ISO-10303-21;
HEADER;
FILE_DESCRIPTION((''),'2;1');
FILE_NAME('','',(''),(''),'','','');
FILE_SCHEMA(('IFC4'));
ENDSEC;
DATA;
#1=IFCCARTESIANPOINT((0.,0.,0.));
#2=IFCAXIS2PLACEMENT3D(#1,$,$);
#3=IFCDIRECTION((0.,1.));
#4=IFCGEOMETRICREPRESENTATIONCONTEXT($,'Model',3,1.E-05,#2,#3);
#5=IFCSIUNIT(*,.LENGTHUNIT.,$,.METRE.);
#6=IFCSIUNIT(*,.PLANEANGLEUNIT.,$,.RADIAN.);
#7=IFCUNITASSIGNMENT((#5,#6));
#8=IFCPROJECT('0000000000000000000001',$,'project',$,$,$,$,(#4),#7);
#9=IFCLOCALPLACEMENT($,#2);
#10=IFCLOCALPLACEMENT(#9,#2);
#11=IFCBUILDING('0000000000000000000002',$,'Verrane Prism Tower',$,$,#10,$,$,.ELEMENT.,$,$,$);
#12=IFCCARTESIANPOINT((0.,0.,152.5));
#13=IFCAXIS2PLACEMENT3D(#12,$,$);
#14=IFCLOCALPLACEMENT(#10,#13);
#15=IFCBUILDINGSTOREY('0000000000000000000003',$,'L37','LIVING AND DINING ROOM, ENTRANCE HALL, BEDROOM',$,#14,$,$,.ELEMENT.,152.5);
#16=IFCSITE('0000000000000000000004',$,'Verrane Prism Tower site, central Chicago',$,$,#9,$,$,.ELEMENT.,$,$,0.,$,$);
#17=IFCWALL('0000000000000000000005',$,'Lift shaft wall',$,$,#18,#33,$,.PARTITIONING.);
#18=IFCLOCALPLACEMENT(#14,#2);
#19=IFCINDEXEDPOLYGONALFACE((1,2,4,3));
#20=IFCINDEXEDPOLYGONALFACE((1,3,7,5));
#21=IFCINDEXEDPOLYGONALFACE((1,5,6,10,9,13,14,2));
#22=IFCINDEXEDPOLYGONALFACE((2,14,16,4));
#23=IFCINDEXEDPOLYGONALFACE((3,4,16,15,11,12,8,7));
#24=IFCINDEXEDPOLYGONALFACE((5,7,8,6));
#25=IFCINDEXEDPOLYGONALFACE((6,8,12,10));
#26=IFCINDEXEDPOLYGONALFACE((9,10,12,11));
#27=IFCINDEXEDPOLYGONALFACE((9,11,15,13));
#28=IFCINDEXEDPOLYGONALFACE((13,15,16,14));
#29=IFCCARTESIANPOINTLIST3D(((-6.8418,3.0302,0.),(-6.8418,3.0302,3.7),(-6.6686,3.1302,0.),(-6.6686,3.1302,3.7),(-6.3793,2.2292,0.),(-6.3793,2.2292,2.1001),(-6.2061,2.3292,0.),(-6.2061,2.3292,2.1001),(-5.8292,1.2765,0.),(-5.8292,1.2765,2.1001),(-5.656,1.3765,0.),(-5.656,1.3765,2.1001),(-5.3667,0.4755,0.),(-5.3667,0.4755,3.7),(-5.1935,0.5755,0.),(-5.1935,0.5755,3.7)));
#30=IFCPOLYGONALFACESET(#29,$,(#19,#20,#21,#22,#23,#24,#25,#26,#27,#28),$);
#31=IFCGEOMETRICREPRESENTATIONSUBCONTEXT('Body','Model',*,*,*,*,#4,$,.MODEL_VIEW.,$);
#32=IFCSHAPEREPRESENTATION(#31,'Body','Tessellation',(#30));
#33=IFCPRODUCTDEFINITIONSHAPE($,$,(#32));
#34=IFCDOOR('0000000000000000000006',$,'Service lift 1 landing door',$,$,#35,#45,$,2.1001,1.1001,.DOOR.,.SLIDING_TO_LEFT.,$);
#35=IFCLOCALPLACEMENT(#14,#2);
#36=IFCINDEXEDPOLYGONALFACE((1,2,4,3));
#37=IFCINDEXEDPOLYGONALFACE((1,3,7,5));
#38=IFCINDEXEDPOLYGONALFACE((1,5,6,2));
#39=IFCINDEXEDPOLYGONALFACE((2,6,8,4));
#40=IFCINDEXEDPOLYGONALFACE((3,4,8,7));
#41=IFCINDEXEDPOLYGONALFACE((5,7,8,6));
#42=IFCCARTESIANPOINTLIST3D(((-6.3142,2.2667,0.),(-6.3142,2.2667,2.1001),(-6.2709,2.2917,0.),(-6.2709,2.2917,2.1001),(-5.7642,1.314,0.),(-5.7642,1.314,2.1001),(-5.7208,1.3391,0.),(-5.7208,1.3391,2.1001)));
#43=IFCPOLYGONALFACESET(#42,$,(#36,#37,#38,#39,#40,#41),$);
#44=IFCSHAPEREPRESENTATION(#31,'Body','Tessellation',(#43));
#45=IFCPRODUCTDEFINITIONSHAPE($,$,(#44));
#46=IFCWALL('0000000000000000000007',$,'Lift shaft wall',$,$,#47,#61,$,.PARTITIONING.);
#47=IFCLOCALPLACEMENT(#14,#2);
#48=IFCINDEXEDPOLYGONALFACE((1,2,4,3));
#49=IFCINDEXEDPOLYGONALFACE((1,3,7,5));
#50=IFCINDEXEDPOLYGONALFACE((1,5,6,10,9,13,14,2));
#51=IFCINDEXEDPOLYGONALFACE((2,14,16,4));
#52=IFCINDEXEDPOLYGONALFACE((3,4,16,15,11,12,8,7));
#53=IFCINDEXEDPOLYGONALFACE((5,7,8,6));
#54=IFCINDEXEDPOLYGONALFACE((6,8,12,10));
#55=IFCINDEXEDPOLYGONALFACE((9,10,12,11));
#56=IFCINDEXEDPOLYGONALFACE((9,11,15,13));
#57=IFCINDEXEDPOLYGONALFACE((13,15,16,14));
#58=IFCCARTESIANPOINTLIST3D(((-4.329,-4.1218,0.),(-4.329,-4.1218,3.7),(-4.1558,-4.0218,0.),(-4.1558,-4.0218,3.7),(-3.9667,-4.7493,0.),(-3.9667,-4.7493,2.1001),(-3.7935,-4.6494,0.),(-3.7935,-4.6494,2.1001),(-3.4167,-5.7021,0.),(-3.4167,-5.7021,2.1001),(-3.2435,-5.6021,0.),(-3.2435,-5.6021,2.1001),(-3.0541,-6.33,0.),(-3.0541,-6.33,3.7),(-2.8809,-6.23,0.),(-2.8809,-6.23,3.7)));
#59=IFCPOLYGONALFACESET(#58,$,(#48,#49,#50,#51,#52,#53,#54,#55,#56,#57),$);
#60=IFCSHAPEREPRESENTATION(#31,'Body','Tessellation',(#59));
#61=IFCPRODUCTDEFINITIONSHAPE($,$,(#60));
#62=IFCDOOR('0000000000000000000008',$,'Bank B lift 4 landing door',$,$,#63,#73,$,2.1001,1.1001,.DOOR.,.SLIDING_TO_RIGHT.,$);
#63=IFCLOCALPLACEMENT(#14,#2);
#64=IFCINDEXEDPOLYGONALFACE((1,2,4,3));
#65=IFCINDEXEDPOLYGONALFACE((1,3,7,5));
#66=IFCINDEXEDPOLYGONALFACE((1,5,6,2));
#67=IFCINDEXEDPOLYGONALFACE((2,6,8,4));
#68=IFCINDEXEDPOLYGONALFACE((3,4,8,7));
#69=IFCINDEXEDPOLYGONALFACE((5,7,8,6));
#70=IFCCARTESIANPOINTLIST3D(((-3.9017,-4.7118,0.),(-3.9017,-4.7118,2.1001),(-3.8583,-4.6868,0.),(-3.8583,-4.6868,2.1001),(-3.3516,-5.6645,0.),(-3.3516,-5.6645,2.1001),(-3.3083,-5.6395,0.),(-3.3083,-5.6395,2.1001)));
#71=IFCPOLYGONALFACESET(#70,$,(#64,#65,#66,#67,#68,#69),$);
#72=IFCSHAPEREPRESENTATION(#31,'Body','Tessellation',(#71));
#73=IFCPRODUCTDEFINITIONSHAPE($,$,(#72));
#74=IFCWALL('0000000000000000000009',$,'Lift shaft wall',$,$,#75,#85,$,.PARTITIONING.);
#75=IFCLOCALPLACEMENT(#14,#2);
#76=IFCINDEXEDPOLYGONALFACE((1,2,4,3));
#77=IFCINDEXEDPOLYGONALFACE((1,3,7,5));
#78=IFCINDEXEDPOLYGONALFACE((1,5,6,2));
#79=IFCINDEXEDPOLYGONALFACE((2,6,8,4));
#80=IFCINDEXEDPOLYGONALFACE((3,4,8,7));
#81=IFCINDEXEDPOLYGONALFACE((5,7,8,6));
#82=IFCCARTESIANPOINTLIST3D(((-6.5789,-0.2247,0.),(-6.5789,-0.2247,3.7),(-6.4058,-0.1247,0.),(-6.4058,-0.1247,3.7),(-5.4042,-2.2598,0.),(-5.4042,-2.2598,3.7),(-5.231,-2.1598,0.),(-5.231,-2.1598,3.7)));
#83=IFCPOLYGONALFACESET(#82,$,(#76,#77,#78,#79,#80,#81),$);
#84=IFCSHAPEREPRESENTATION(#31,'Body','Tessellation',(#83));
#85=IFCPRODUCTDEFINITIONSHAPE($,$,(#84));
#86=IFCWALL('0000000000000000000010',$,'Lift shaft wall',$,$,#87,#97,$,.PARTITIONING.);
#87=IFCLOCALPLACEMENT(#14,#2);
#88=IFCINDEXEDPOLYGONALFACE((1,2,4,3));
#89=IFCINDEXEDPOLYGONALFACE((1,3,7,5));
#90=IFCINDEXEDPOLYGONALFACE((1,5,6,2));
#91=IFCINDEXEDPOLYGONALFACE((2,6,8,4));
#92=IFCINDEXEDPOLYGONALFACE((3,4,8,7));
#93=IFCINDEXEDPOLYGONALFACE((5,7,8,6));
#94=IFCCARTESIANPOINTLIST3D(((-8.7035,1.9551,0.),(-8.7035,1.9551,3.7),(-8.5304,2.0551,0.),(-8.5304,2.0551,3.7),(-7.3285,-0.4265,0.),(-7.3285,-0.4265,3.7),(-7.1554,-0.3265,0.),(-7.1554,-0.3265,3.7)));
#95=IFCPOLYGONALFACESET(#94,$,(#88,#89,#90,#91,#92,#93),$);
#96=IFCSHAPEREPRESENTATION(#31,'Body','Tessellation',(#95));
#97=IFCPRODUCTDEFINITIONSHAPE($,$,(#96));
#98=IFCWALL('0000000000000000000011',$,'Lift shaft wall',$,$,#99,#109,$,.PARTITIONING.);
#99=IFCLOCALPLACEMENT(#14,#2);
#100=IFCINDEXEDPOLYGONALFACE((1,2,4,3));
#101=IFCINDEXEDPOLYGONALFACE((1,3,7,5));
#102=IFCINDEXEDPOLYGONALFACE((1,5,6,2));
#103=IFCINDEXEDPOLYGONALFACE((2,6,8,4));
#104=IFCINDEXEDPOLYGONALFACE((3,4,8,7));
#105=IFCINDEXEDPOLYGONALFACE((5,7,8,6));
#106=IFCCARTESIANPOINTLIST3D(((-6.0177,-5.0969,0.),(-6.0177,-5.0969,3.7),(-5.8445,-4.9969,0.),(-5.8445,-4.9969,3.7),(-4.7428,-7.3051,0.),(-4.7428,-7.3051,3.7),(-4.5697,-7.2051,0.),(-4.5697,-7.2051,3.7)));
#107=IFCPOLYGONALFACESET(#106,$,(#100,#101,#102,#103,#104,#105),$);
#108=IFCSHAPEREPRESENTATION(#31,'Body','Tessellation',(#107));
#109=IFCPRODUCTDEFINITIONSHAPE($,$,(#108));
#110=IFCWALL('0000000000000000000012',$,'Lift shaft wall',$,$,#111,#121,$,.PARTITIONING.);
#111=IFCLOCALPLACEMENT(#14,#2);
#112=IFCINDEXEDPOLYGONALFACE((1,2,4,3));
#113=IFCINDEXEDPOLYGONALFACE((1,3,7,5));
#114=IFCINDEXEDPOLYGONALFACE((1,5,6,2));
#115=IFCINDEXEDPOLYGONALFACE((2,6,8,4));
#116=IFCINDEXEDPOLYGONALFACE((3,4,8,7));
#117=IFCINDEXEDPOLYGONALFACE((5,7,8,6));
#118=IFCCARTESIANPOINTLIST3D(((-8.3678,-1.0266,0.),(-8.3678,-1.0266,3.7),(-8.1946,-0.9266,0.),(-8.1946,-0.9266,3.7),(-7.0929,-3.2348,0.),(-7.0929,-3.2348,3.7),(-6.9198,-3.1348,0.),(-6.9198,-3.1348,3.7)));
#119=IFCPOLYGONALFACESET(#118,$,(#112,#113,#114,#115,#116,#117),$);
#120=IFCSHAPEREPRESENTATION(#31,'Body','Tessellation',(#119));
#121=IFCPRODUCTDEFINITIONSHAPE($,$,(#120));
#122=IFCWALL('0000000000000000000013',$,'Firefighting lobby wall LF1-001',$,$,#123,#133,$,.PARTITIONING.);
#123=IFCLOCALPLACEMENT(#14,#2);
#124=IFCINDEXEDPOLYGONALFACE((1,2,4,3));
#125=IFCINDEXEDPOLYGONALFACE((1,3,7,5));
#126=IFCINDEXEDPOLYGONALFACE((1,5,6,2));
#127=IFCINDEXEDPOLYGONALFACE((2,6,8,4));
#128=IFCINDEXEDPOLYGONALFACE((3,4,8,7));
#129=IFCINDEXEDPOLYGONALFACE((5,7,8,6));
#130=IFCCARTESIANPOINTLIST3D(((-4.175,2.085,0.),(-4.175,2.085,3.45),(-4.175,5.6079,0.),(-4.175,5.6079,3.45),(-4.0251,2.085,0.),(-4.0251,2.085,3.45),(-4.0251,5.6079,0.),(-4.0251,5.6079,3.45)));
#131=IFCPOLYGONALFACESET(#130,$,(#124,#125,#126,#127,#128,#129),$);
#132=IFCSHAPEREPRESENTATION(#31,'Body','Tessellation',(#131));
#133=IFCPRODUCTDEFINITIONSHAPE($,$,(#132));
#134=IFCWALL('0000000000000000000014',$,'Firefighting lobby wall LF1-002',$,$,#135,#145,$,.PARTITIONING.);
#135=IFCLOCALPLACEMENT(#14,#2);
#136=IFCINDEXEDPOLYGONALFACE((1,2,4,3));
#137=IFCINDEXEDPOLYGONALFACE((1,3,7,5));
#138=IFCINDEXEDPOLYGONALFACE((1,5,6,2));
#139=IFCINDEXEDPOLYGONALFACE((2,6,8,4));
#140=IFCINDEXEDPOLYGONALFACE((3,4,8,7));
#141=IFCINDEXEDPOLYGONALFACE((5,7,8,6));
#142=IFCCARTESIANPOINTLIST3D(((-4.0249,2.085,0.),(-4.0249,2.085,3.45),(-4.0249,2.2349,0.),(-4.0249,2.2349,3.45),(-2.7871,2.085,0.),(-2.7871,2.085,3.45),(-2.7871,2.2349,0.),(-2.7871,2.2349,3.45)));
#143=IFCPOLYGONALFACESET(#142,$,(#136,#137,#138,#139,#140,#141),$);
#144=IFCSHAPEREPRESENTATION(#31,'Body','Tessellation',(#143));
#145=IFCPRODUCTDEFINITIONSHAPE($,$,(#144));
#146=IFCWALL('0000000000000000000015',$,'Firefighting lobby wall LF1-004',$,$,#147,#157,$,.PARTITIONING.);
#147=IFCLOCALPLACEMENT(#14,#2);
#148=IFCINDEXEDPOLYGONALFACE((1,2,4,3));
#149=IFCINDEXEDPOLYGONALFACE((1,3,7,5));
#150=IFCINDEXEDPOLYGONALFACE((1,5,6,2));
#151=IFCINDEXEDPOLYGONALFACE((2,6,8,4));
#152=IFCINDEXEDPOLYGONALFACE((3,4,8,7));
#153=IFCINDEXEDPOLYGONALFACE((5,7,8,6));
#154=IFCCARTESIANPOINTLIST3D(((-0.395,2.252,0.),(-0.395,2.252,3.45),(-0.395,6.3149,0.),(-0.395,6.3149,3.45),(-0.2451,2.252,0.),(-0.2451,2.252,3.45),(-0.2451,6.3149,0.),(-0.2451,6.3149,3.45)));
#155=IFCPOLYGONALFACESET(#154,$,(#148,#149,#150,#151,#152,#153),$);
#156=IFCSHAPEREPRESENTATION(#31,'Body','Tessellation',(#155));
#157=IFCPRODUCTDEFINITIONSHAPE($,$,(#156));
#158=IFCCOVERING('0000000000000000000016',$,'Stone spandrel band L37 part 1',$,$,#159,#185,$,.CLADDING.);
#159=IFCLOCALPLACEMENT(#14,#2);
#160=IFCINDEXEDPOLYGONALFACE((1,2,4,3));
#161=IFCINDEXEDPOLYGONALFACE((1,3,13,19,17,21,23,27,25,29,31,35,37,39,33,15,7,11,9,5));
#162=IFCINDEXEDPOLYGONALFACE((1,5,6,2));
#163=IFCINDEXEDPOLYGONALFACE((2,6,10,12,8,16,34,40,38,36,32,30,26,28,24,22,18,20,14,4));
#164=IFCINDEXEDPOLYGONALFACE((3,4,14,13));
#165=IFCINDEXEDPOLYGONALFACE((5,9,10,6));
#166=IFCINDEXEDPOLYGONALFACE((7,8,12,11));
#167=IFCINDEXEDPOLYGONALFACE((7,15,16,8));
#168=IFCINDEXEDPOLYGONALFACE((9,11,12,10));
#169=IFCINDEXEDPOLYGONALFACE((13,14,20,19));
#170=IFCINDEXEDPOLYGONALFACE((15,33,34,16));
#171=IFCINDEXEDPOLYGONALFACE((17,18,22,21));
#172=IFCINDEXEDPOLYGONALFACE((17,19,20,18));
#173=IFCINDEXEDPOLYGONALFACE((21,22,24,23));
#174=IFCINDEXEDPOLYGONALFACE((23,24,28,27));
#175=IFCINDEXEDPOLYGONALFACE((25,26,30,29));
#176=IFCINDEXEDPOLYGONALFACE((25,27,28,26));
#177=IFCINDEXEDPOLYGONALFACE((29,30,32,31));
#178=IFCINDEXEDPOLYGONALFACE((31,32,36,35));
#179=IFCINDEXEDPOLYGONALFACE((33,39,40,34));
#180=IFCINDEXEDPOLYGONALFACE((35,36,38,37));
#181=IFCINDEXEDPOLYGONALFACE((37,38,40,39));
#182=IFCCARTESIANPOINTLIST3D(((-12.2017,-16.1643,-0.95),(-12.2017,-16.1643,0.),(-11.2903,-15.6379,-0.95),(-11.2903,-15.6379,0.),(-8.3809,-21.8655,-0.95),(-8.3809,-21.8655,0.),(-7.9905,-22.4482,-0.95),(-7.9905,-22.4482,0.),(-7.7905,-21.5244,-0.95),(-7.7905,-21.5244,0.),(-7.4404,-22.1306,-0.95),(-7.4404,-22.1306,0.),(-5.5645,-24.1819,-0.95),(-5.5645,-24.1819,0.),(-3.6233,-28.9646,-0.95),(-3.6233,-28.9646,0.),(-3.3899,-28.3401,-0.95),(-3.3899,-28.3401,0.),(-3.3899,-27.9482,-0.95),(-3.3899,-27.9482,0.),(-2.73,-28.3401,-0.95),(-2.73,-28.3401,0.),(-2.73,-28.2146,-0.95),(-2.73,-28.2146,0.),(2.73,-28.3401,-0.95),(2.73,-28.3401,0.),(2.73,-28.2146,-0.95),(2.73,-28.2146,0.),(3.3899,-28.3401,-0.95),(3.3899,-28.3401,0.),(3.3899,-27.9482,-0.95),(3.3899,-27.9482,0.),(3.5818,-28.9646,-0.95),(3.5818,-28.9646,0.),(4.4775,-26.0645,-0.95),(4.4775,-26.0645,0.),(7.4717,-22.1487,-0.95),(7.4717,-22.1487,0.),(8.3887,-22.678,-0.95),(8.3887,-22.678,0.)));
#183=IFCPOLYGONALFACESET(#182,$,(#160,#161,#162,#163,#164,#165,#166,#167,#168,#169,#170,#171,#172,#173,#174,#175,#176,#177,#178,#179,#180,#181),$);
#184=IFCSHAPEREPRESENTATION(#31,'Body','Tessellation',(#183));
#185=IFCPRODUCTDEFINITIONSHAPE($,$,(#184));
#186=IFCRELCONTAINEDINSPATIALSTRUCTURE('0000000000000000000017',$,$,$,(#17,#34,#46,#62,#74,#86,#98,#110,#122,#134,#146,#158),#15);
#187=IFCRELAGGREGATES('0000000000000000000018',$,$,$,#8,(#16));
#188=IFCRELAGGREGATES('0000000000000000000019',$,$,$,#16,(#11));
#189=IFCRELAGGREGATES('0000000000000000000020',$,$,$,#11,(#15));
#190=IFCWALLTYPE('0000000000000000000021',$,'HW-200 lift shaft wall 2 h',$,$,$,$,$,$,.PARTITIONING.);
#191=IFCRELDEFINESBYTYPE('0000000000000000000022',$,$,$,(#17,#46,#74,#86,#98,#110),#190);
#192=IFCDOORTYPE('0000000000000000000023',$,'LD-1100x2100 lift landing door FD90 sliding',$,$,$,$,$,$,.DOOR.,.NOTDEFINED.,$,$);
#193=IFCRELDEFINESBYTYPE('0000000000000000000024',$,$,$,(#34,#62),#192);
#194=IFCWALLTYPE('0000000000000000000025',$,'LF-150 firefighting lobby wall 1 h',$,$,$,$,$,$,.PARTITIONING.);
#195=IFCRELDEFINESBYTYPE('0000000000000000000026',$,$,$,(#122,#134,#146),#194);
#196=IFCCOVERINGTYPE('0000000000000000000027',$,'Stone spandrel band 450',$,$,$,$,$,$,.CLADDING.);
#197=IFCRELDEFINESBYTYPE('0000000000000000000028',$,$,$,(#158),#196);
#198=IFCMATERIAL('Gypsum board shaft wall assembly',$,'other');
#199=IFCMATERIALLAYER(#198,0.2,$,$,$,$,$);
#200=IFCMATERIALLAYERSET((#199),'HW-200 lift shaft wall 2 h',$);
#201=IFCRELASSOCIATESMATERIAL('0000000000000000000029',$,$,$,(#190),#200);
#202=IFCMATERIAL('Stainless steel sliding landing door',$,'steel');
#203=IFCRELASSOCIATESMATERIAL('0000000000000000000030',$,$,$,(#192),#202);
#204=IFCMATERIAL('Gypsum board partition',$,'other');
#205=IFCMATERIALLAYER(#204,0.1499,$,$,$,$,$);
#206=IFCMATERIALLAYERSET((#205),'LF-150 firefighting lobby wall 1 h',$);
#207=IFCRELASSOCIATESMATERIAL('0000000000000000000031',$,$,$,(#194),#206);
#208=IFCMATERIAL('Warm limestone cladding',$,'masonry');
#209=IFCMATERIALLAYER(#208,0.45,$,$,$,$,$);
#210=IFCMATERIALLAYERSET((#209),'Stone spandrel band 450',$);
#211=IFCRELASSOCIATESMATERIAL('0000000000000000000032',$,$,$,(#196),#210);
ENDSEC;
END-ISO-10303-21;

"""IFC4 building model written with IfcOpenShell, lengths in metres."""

from ifc_helpers import new_model, si_unit, direction, frame, frame_2d, origin, place, context, subcontext, project, spatial, polyline, rectangle, outline, extrude, material, layer, layer_set, type_object, element, fill, save


model = new_model("IFC4")

# Units and contexts
model_context = context("Model", 3, precision=1e-05, world=origin(), true_north=direction((0.0, 1.0)))
body_context = subcontext(model_context, "Body", "Model", "MODEL_VIEW")
ifc_project = project(units=[si_unit("LENGTHUNIT", "METRE"), si_unit("PLANEANGLEUNIT", "RADIAN")], contexts=[model_context])

# Site, building, storey
site_placement = place(None, origin())
site = spatial("IfcSite", under=ifc_project, at=site_placement, Name="Verrane Prism Tower site, central Chicago", CompositionType="ELEMENT", RefElevation=0.0)
building_placement = place(site_placement, origin())
building = spatial("IfcBuilding", under=site, at=building_placement, Name="Verrane Prism Tower", CompositionType="ELEMENT")
storey_placement = place(building_placement, frame((0.0, 0.0, 152.5)))
storey = spatial("IfcBuildingStorey", under=building, at=storey_placement, Name="L37", Description="LIVING AND DINING ROOM, ENTRANCE HALL, BEDROOM", CompositionType="ELEMENT", Elevation=152.5)

# Shared definitions
ifc_material_1 = material(Name="Gypsum board shaft wall assembly", Category="other")
ifc_layer_1 = layer(ifc_material_1, 0.2)
ifc_layer_set_1 = layer_set([ifc_layer_1], Name="HW-200 lift shaft wall 2 h")
wall_type_1 = type_object("IfcWallType", Name="HW-200 lift shaft wall 2 h", PredefinedType="PARTITIONING", material=ifc_layer_set_1)
ifc_material_2 = material(Name="Stainless steel sliding landing door", Category="steel")
door_type_1 = type_object("IfcDoorType", Name="LD-1100x2100 lift landing door FD90 sliding", OperationType="NOTDEFINED", PredefinedType="DOOR", material=ifc_material_2)

# Walls, openings, doors
wall_1_placement = place(storey_placement, frame((-5.28, 0.5254, 0.0), z_axis=(0.0, 0.0, 1.0), x_axis=(-0.500038, 0.866004, 0.0)))
wall_1 = element("IfcWall", 1, at=wall_1_placement, inside=storey, type_object=wall_type_1, Name="Lift shaft wall", PredefinedType="PARTITIONING", context=body_context, shape_type="SweptSolid", body=[
    extrude(rectangle(XDim=2.95, YDim=0.2, at=frame_2d((1.4751, 0.0))), origin(), (0.0, 0.0, 1.0), 3.7),
])
opening_1_placement = place(wall_1_placement, frame((0.925, 0.0, 0.0)))
opening_1 = element("IfcOpeningElement", 2, at=opening_1_placement, cuts=wall_1, PredefinedType="OPENING", context=body_context, shape_type="SweptSolid", body=[
    extrude(rectangle(XDim=1.1001, YDim=2.1001, at=frame_2d((0.55, 1.05))), frame((0.0, 0.1099, 0.0), z_axis=(0.0, -1.0, 0.0), x_axis=(1.0, 0.0, 0.0)), (0.0, 0.0, 1.0), 0.22),
])
door_1_placement = place(opening_1_placement, origin())
door_1 = element("IfcDoor", 3, at=door_1_placement, inside=storey, type_object=door_type_1, Name="Service lift 1 landing door", OperationType="SLIDING_TO_LEFT", OverallHeight=2.1001, OverallWidth=1.1001, PredefinedType="DOOR", context=body_context, shape_type="SweptSolid", body=[
    extrude(rectangle(XDim=1.1001, YDim=2.1001, at=frame_2d((0.55, 1.05))), frame((0.0, 0.0249, 0.0), z_axis=(0.0, -1.0, 0.0), x_axis=(1.0, 0.0, 0.0)), (0.0, 0.0, 1.0), 0.05),
])
fill(opening_1, door_1)
wall_2_placement = place(storey_placement, frame((-2.9675, -6.28, 0.0), z_axis=(0.0, 0.0, 1.0), x_axis=(-0.49999, 0.866031, 0.0)))
wall_2 = element("IfcWall", 4, at=wall_2_placement, inside=storey, type_object=wall_type_1, Name="Lift shaft wall", PredefinedType="PARTITIONING", context=body_context, shape_type="SweptSolid", body=[
    extrude(rectangle(XDim=2.5498, YDim=0.2, at=frame_2d((1.2749, 0.0))), origin(), (0.0, 0.0, 1.0), 3.7),
])
opening_2_placement = place(wall_2_placement, frame((0.7251, 0.0, 0.0)))
opening_2 = element("IfcOpeningElement", 5, at=opening_2_placement, cuts=wall_2, PredefinedType="OPENING", context=body_context, shape_type="SweptSolid", body=[
    extrude(rectangle(XDim=1.1001, YDim=2.1001, at=frame_2d((0.55, 1.05))), frame((0.0, 0.1099, 0.0), z_axis=(0.0, -1.0, 0.0), x_axis=(1.0, 0.0, 0.0)), (0.0, 0.0, 1.0), 0.22),
])
door_2_placement = place(opening_2_placement, origin())
door_2 = element("IfcDoor", 6, at=door_2_placement, inside=storey, type_object=door_type_1, Name="Bank B lift 4 landing door", OperationType="SLIDING_TO_RIGHT", OverallHeight=2.1001, OverallWidth=1.1001, PredefinedType="DOOR", context=body_context, shape_type="SweptSolid", body=[
    extrude(rectangle(XDim=1.1001, YDim=2.1001, at=frame_2d((0.55, 1.05))), frame((0.0, 0.0249, 0.0), z_axis=(0.0, -1.0, 0.0), x_axis=(1.0, 0.0, 0.0)), (0.0, 0.0, 1.0), 0.05),
])
fill(opening_2, door_2)

# Walls
wall_3_placement = place(storey_placement, frame((-5.3176, -2.2097, 0.0), z_axis=(0.0, 0.0, 1.0), x_axis=(-0.499938, 0.866061, 0.0)))
element("IfcWall", 7, at=wall_3_placement, inside=storey, type_object=wall_type_1, Name="Lift shaft wall", PredefinedType="PARTITIONING", context=body_context, shape_type="SweptSolid", body=[
    extrude(rectangle(XDim=2.3499, YDim=0.2, at=frame_2d((1.1748, 0.0))), origin(), (0.0, 0.0, 1.0), 3.7),
])
wall_4_placement = place(storey_placement, frame((-7.2419, -0.3765, 0.0), z_axis=(0.0, 0.0, 1.0), x_axis=(-0.499997, 0.866027, 0.0)))
element("IfcWall", 8, at=wall_4_placement, inside=storey, type_object=wall_type_1, Name="Lift shaft wall", PredefinedType="PARTITIONING", context=body_context, shape_type="SweptSolid", body=[
    extrude(rectangle(XDim=2.75, YDim=0.2, at=frame_2d((1.375, 0.0))), origin(), (0.0, 0.0, 1.0), 3.7),
])
for number, where, z_axis, x_axis, name in (
    (9, (-4.6562, -7.2551, 0.0), (0.0, 0.0, 1.0), (-0.49999, 0.866031, 0.0), "Lift shaft wall"),
    (10, (-7.0063, -3.1848, 0.0), (0.0, 0.0, 1.0), (-0.49999, 0.866031, 0.0), "Lift shaft wall"),
):
    element("IfcWall", number, at=place(storey_placement, frame(where, z_axis=z_axis, x_axis=x_axis)), inside=storey, type_object=wall_type_1, Name=name, PredefinedType="PARTITIONING", context=body_context, shape_type="SweptSolid", body=[
        extrude(rectangle(XDim=2.5498, YDim=0.2, at=frame_2d((1.2749, 0.0))), origin(), (0.0, 0.0, 1.0), 3.7),
    ])
ifc_material_3 = material(Name="Gypsum board partition", Category="other")
ifc_layer_2 = layer(ifc_material_3, 0.1499)
ifc_layer_set_2 = layer_set([ifc_layer_2], Name="LF-150 firefighting lobby wall 1 h")
wall_type_2 = type_object("IfcWallType", Name="LF-150 firefighting lobby wall 1 h", PredefinedType="PARTITIONING", material=ifc_layer_set_2)
wall_5_placement = place(storey_placement, frame((-4.1001, 2.085, 0.0), z_axis=(0.0, 0.0, 1.0), x_axis=(0.0, 1.0, 0.0)))
element("IfcWall", 11, at=wall_5_placement, inside=storey, type_object=wall_type_2, Name="Firefighting lobby wall LF1-001", PredefinedType="PARTITIONING", context=body_context, shape_type="SweptSolid", body=[
    extrude(rectangle(XDim=3.5229, YDim=0.1499, at=frame_2d((1.7615, 0.0))), origin(), (0.0, 0.0, 1.0), 3.45),
])
wall_6_placement = place(storey_placement, frame((-4.0249, 2.1599, 0.0), z_axis=(0.0, 0.0, 1.0), x_axis=(1.0, 0.0, 0.0)))
element("IfcWall", 12, at=wall_6_placement, inside=storey, type_object=wall_type_2, Name="Firefighting lobby wall LF1-002", PredefinedType="PARTITIONING", context=body_context, shape_type="SweptSolid", body=[
    extrude(rectangle(XDim=1.2378, YDim=0.1499, at=frame_2d((0.6189, 0.0))), origin(), (0.0, 0.0, 1.0), 3.45),
])
wall_7_placement = place(storey_placement, frame((-0.3201, 2.252, 0.0), z_axis=(0.0, 0.0, 1.0), x_axis=(0.0, 1.0, 0.0)))
element("IfcWall", 13, at=wall_7_placement, inside=storey, type_object=wall_type_2, Name="Firefighting lobby wall LF1-004", PredefinedType="PARTITIONING", context=body_context, shape_type="SweptSolid", body=[
    extrude(rectangle(XDim=4.063, YDim=0.1499, at=frame_2d((2.0315, 0.0))), origin(), (0.0, 0.0, 1.0), 3.45),
])

# Covering
ifc_material_4 = material(Name="Warm limestone cladding", Category="masonry")
ifc_layer_3 = layer(ifc_material_4, 0.45)
ifc_layer_set_3 = layer_set([ifc_layer_3], Name="Stone spandrel band 450")
covering_type = type_object("IfcCoveringType", Name="Stone spandrel band 450", PredefinedType="CLADDING", material=ifc_layer_set_3)
covering_placement = place(storey_placement, frame((0.0, 0.0, -0.95)))
element("IfcCovering", 14, at=covering_placement, inside=storey, type_object=covering_type, Name="Stone spandrel band L37 part 1", PredefinedType="CLADDING", context=body_context, shape_type="SweptSolid", body=[
    extrude(outline(polyline([(3.5818, -28.9646), (8.3887, -22.678), (7.4717, -22.1487), (4.4775, -26.0645), (3.3899, -27.9482), (3.3899, -28.3401), (2.73, -28.3401), (2.73, -28.2146), (-2.73, -28.2146), (-2.73, -28.3401), (-3.3899, -28.3401), (-3.3899, -27.9482), (-5.5645, -24.1819), (-11.2903, -15.6379), (-12.2017, -16.1643), (-8.3809, -21.8655), (-7.7905, -21.5244), (-7.4404, -22.1306), (-7.9905, -22.4482), (-3.6233, -28.9646), (3.5818, -28.9646)])), origin(), (0.0, 0.0, 1.0), 0.95),
])

save(model, "model.ifc")
